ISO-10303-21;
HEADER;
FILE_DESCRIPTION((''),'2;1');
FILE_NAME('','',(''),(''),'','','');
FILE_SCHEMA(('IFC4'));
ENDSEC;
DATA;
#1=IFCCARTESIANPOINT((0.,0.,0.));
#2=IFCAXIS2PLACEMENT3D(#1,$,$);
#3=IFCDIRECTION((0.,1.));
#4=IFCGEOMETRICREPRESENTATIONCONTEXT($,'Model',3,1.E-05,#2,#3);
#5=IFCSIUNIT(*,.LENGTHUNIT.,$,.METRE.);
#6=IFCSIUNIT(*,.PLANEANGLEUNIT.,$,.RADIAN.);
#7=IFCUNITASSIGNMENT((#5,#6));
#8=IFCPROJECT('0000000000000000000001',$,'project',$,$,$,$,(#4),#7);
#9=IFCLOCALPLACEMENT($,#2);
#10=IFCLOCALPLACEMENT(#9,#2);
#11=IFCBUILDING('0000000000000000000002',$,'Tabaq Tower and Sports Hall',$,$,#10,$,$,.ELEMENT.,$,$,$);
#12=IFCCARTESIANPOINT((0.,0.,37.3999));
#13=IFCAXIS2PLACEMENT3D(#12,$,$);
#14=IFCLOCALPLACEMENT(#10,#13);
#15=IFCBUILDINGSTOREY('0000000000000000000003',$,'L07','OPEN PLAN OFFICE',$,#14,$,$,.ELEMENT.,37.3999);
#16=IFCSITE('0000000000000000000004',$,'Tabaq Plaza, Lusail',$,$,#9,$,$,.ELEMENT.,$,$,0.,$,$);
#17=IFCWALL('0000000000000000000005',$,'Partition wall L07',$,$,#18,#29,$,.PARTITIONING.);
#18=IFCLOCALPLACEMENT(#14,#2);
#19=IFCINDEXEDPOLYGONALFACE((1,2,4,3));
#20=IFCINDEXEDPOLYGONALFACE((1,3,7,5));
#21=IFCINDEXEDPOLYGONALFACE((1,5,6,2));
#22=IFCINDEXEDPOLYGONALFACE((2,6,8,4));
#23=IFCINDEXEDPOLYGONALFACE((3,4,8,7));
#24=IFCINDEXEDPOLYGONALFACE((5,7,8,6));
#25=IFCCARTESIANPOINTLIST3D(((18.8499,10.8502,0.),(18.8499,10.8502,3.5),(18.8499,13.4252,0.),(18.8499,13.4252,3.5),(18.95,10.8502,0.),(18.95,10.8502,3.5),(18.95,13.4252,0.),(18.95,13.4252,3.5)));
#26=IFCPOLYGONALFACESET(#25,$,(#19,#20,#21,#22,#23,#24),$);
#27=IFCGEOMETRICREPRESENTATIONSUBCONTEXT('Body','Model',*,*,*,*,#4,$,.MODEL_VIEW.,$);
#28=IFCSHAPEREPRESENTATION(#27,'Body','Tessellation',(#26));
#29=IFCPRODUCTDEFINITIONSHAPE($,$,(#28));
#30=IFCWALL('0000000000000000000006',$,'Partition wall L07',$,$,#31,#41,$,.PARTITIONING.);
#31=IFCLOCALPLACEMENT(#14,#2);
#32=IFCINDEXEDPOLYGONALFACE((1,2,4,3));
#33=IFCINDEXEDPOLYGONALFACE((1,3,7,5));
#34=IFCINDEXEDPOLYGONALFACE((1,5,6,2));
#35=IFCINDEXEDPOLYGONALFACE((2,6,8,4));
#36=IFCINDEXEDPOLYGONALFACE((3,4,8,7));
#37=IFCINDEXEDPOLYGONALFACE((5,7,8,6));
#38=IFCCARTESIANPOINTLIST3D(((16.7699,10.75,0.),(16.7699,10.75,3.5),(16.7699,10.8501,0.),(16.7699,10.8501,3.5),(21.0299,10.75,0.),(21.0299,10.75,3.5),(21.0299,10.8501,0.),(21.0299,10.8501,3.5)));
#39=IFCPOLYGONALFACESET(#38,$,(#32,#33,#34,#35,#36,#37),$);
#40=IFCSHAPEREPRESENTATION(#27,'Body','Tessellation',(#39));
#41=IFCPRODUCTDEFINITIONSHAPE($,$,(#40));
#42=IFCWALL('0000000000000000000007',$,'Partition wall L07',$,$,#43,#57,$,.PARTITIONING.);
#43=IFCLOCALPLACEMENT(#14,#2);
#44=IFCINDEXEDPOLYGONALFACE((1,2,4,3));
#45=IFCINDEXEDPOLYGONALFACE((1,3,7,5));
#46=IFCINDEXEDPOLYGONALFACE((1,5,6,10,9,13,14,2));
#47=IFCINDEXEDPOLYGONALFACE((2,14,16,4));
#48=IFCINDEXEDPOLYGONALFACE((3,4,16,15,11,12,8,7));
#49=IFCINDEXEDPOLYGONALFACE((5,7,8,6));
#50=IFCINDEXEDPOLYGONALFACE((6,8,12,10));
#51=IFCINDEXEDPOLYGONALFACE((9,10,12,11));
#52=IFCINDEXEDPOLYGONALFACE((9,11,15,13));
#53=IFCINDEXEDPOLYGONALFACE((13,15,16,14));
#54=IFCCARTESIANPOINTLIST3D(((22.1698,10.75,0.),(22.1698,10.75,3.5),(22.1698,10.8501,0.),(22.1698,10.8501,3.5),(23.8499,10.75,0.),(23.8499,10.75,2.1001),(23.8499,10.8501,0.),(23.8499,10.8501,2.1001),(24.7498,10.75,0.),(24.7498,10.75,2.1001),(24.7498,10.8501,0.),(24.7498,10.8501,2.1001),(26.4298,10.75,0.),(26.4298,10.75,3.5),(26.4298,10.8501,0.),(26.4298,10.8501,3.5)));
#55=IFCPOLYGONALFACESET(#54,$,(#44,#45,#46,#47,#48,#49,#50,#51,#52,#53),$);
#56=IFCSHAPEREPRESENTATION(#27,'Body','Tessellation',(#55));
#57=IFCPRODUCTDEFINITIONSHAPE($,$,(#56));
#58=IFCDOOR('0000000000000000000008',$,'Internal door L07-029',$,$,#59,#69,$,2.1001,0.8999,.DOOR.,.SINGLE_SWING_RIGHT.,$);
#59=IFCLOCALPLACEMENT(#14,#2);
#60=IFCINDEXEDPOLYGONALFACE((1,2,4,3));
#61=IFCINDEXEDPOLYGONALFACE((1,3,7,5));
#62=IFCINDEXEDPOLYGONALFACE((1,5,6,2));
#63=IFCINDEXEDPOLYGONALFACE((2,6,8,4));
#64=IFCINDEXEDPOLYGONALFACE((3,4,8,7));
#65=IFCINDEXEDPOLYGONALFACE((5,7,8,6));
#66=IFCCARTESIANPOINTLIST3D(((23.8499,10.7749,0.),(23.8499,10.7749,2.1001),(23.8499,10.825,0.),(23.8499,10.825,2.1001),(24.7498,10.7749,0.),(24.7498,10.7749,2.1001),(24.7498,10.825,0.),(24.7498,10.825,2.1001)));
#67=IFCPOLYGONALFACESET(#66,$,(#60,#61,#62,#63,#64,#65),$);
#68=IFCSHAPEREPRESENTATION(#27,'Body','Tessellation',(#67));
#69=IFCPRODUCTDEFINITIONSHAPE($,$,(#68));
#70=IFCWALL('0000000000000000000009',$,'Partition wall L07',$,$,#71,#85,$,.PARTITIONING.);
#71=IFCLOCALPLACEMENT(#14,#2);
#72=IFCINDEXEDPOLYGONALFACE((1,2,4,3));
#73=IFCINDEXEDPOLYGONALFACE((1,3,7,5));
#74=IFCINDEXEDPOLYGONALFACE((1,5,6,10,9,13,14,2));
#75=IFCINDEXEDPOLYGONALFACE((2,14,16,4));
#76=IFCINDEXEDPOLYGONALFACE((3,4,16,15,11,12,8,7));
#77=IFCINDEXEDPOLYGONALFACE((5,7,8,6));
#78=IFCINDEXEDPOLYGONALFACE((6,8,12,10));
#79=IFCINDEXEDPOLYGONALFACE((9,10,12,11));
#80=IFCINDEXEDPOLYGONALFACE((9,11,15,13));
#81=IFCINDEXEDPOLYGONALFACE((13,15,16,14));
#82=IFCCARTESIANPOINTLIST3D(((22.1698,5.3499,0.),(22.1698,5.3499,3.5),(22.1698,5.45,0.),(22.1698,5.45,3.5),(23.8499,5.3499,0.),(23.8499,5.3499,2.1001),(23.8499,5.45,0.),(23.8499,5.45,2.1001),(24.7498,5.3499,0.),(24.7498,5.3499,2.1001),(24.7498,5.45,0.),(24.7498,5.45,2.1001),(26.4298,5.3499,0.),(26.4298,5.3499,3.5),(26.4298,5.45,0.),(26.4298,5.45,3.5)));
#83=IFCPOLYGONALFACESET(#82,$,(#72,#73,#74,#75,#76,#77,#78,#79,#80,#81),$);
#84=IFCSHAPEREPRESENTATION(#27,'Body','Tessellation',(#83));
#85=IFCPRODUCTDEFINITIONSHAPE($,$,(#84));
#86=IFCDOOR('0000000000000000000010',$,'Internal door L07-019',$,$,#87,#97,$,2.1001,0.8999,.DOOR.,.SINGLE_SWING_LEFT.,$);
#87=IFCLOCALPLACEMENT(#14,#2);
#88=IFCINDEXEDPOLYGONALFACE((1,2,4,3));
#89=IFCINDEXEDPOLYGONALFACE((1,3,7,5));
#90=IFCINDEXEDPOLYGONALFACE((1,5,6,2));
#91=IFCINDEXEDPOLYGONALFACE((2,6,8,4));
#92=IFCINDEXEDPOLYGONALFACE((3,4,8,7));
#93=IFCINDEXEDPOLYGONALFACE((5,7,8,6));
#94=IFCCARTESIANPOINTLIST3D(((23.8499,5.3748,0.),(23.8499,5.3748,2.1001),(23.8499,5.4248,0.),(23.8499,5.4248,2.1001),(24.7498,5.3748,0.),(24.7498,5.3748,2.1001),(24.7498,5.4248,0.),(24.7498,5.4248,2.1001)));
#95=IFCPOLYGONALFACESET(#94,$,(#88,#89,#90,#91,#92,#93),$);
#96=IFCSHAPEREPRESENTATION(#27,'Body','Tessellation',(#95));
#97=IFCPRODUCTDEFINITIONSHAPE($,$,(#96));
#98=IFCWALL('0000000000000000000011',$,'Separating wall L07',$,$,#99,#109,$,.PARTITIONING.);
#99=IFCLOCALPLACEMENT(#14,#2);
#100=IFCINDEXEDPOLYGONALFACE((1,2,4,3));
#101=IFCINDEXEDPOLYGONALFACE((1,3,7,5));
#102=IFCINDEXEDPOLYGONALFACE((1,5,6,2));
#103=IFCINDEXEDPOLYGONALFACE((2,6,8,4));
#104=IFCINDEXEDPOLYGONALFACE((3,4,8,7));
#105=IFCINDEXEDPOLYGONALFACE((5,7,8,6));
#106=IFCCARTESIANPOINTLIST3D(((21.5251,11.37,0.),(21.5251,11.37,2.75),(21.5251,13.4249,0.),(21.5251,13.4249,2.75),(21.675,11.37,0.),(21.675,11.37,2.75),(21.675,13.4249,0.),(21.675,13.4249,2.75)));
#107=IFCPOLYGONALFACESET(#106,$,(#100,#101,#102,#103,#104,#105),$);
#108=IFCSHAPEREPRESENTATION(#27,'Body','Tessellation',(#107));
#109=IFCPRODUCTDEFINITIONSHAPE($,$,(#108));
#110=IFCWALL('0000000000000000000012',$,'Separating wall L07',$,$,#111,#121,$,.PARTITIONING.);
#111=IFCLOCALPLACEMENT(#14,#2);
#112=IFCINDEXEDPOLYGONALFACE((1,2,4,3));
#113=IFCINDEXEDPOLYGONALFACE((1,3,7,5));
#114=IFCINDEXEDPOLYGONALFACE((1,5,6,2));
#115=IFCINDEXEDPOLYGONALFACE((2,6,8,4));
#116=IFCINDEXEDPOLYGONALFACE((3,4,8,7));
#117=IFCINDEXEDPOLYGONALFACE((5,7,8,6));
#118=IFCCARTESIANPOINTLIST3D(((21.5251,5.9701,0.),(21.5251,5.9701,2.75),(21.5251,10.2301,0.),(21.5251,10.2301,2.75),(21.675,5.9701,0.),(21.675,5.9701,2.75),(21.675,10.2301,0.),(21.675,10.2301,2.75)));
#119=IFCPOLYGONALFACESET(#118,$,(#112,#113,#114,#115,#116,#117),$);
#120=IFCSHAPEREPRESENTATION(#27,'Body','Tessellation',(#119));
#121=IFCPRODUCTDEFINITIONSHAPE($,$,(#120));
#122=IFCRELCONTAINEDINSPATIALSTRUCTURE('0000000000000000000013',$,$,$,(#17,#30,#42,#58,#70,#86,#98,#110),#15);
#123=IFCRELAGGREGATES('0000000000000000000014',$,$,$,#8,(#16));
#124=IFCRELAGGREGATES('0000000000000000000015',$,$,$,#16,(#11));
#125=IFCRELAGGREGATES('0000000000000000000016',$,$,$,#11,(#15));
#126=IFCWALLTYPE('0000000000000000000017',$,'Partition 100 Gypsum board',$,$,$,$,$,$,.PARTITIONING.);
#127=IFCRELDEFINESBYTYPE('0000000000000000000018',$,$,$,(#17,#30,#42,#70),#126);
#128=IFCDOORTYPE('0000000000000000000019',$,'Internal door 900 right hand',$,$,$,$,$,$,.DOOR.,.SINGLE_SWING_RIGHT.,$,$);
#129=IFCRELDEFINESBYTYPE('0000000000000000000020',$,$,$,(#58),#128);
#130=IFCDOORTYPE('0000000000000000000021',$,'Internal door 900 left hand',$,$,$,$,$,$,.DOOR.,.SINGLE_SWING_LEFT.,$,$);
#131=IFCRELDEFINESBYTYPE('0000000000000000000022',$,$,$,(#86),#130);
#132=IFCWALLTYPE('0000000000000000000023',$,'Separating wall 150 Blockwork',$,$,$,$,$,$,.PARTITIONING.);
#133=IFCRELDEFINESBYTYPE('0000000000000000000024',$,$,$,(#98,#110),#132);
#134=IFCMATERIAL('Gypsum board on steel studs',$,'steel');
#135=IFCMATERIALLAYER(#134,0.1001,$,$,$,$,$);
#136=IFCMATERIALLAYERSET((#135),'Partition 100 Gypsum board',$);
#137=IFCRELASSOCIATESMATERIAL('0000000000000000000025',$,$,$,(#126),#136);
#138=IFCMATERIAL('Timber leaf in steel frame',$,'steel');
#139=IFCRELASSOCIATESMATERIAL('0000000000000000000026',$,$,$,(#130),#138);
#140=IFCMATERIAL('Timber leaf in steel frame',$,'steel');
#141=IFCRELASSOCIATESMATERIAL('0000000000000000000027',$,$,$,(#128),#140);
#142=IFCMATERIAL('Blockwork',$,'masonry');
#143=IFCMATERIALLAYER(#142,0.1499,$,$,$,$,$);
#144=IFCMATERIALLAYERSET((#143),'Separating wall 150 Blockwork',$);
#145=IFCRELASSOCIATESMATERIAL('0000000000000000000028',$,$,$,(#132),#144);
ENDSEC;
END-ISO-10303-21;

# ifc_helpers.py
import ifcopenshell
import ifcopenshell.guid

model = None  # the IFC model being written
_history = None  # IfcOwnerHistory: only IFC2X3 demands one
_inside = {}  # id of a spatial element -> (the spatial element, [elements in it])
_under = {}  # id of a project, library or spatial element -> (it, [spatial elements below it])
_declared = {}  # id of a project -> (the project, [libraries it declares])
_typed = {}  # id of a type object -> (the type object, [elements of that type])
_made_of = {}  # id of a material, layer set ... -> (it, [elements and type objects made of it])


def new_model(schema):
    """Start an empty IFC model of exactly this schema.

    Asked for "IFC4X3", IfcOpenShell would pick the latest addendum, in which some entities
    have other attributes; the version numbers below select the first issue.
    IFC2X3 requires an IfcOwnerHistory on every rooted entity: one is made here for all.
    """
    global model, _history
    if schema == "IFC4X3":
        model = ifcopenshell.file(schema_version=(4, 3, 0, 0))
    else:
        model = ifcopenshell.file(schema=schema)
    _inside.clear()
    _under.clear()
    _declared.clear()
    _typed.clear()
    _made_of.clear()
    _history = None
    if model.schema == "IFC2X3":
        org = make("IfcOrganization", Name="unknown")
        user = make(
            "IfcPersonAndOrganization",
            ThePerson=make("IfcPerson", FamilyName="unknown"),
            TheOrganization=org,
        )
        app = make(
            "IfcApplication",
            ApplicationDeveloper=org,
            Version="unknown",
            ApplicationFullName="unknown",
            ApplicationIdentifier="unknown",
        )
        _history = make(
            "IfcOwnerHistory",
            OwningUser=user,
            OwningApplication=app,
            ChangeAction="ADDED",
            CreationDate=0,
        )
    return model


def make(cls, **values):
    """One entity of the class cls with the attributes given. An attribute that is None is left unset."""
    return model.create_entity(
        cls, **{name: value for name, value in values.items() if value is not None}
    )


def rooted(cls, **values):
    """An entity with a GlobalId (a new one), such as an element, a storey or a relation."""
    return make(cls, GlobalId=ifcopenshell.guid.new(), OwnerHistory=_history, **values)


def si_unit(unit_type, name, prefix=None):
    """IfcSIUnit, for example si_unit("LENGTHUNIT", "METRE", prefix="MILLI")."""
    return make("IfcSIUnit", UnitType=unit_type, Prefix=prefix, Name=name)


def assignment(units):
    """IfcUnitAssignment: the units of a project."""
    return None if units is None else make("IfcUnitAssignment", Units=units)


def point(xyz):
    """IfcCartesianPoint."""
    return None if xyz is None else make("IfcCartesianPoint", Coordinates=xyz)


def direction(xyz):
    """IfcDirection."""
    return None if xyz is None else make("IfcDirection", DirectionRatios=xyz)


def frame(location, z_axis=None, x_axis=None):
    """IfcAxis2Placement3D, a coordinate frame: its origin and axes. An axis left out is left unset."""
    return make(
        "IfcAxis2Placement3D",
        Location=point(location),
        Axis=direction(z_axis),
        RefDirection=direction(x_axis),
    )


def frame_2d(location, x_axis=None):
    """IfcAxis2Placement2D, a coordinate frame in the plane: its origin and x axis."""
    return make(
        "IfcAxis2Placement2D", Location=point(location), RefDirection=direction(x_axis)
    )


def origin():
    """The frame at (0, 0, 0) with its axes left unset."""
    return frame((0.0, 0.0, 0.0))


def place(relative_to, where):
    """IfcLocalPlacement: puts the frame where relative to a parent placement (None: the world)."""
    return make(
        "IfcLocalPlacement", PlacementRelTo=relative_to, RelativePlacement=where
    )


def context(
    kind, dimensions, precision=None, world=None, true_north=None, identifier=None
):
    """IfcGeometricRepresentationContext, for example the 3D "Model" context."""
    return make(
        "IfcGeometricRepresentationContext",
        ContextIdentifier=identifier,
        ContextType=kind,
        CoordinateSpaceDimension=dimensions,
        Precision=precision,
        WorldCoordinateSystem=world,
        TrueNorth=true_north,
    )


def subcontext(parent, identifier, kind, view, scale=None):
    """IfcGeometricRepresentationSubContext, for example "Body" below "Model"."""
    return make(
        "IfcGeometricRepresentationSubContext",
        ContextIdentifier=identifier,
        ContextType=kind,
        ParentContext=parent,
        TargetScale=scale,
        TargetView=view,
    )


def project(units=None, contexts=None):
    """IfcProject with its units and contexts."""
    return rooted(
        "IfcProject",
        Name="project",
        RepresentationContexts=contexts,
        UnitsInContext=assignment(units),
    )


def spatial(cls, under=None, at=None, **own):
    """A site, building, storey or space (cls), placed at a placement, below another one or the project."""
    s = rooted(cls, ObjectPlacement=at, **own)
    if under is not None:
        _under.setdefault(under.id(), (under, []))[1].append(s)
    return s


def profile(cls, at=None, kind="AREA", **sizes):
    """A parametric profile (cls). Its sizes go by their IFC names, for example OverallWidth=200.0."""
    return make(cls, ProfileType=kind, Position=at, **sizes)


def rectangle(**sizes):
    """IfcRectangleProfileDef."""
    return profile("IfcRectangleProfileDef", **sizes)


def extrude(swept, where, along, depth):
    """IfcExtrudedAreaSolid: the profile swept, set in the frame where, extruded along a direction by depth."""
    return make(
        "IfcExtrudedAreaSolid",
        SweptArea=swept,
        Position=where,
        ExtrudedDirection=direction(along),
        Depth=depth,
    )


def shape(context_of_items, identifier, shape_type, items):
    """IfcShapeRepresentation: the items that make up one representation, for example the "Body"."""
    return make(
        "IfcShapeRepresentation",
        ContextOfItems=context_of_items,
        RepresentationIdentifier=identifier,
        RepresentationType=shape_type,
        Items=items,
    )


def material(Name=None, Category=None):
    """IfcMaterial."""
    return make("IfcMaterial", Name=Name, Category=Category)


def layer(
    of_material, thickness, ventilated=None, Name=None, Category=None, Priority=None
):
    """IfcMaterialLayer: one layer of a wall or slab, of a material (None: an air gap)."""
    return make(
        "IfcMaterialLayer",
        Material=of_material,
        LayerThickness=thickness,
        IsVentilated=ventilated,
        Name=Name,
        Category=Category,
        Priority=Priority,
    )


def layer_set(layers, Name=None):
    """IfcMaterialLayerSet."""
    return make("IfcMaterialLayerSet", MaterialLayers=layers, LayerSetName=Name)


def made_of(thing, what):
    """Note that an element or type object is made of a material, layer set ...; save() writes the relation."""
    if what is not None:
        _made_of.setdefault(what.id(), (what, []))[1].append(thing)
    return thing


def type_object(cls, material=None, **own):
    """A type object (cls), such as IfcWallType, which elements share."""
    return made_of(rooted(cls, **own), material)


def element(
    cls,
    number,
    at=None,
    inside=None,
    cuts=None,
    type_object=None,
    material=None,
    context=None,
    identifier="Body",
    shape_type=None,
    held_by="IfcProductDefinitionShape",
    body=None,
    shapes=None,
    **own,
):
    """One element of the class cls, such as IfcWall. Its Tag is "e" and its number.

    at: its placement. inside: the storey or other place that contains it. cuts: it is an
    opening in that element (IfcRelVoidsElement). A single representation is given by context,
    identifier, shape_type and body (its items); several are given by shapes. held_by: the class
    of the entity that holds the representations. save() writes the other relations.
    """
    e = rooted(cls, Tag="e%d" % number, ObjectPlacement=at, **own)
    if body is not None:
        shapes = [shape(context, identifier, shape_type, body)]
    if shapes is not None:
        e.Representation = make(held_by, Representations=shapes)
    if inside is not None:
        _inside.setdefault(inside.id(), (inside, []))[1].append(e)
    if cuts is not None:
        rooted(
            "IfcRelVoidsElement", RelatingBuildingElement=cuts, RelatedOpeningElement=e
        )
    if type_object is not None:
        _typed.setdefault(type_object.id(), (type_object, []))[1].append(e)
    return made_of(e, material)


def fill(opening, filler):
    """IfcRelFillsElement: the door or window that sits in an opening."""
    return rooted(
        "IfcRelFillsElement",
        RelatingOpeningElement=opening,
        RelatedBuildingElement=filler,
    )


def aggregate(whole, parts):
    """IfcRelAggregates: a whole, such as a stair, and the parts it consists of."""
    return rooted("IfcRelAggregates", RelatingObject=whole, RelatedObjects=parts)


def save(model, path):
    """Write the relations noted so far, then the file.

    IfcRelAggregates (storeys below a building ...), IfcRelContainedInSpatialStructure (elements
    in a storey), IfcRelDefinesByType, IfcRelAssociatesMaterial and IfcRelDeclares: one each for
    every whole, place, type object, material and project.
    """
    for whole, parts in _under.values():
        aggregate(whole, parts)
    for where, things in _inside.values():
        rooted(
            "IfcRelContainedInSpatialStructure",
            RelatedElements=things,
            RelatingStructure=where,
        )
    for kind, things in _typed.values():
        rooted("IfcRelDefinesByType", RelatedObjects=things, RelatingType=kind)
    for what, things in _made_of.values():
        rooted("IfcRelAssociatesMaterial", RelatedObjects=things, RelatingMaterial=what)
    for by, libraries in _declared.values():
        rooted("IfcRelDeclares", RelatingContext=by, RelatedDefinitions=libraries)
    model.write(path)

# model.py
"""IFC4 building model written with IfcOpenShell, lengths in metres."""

from ifc_helpers import new_model, si_unit, direction, frame, frame_2d, origin, place, context, subcontext, project, spatial, rectangle, extrude, material, layer, layer_set, type_object, element, fill, save


model = new_model("IFC4")

# Units and contexts
model_context = context("Model", 3, precision=1e-05, world=origin(), true_north=direction((0.0, 1.0)))
body_context = subcontext(model_context, "Body", "Model", "MODEL_VIEW")
ifc_project = project(units=[si_unit("LENGTHUNIT", "METRE"), si_unit("PLANEANGLEUNIT", "RADIAN")], contexts=[model_context])

# Site, building, storey
site_placement = place(None, origin())
site = spatial("IfcSite", under=ifc_project, at=site_placement, Name="Tabaq Plaza, Lusail", CompositionType="ELEMENT", RefElevation=0.0)
building_placement = place(site_placement, origin())
building = spatial("IfcBuilding", under=site, at=building_placement, Name="Tabaq Tower and Sports Hall", CompositionType="ELEMENT")
storey_placement = place(building_placement, frame((0.0, 0.0, 37.3999)))
storey = spatial("IfcBuildingStorey", under=building, at=storey_placement, Name="L07", Description="OPEN PLAN OFFICE", CompositionType="ELEMENT", Elevation=37.3999)

# Shared definitions
ifc_material_1 = material(Name="Gypsum board on steel studs", Category="steel")
ifc_layer_1 = layer(ifc_material_1, 0.1001)
ifc_layer_set_1 = layer_set([ifc_layer_1], Name="Partition 100 Gypsum board")
wall_type_1 = type_object("IfcWallType", Name="Partition 100 Gypsum board", PredefinedType="PARTITIONING", material=ifc_layer_set_1)
ifc_material_2 = material(Name="Timber leaf in steel frame", Category="steel")
door_type_1 = type_object("IfcDoorType", Name="Internal door 900 left hand", OperationType="SINGLE_SWING_LEFT", PredefinedType="DOOR", material=ifc_material_2)

# Walls
wall_1_placement = place(storey_placement, frame((18.8999, 10.8501, 0.0), z_axis=(0.0, 0.0, 1.0), x_axis=(0.0, 1.0, 0.0)))
element("IfcWall", 1, at=wall_1_placement, inside=storey, type_object=wall_type_1, Name="Partition wall L07", PredefinedType="PARTITIONING", context=body_context, shape_type="SweptSolid", body=[
    extrude(rectangle(XDim=2.575, YDim=0.1001, at=frame_2d((1.2876, 0.0))), origin(), (0.0, 0.0, 1.0), 3.5),
])
wall_2_placement = place(storey_placement, frame((16.77, 10.8, 0.0), z_axis=(0.0, 0.0, 1.0), x_axis=(1.0, 0.0, 0.0)))
element("IfcWall", 2, at=wall_2_placement, inside=storey, type_object=wall_type_1, Name="Partition wall L07", PredefinedType="PARTITIONING", context=body_context, shape_type="SweptSolid", body=[
    extrude(rectangle(XDim=4.26, YDim=0.1001, at=frame_2d((2.1299, 0.0))), origin(), (0.0, 0.0, 1.0), 3.5),
])

# Walls, openings, doors
wall_3_placement = place(storey_placement, frame((22.1699, 10.8, 0.0), z_axis=(0.0, 0.0, 1.0), x_axis=(1.0, 0.0, 0.0)))
wall_3 = element("IfcWall", 3, at=wall_3_placement, inside=storey, type_object=wall_type_1, Name="Partition wall L07", PredefinedType="PARTITIONING", context=body_context, shape_type="SweptSolid", body=[
    extrude(rectangle(XDim=4.26, YDim=0.1001, at=frame_2d((2.1299, 0.0))), origin(), (0.0, 0.0, 1.0), 3.5),
])
opening_1_placement = place(wall_3_placement, frame((1.6799, 0.0, 0.0)))
opening_1 = element("IfcOpeningElement", 4, at=opening_1_placement, cuts=wall_3, PredefinedType="OPENING", context=body_context, shape_type="SweptSolid", body=[
    extrude(rectangle(XDim=0.8999, YDim=2.1001, at=frame_2d((0.45, 1.05))), frame((0.0, 0.05, 0.0), z_axis=(0.0, -1.0, 0.0), x_axis=(1.0, 0.0, 0.0)), (0.0, 0.0, 1.0), 0.1001),
])
ifc_material_3 = material(Name="Timber leaf in steel frame", Category="steel")
door_type_2 = type_object("IfcDoorType", Name="Internal door 900 right hand", OperationType="SINGLE_SWING_RIGHT", PredefinedType="DOOR", material=ifc_material_3)
door_1_placement = place(opening_1_placement, origin())
door_1 = element("IfcDoor", 5, at=door_1_placement, inside=storey, type_object=door_type_2, Name="Internal door L07-029", OperationType="SINGLE_SWING_RIGHT", OverallHeight=2.1001, OverallWidth=0.8999, PredefinedType="DOOR", context=body_context, shape_type="SweptSolid", body=[
    extrude(rectangle(XDim=0.8999, YDim=2.1001, at=frame_2d((0.45, 1.05))), frame((0.0, 0.0249, 0.0), z_axis=(0.0, -1.0, 0.0), x_axis=(1.0, 0.0, 0.0)), (0.0, 0.0, 1.0), 0.05),
])
fill(opening_1, door_1)
wall_4_placement = place(storey_placement, frame((22.1699, 5.3999, 0.0), z_axis=(0.0, 0.0, 1.0), x_axis=(1.0, 0.0, 0.0)))
wall_4 = element("IfcWall", 6, at=wall_4_placement, inside=storey, type_object=wall_type_1, Name="Partition wall L07", PredefinedType="PARTITIONING", context=body_context, shape_type="SweptSolid", body=[
    extrude(rectangle(XDim=4.26, YDim=0.1001, at=frame_2d((2.1299, 0.0))), origin(), (0.0, 0.0, 1.0), 3.5),
])
opening_2_placement = place(wall_4_placement, frame((1.6799, 0.0, 0.0)))
opening_2 = element("IfcOpeningElement", 7, at=opening_2_placement, cuts=wall_4, PredefinedType="OPENING", context=body_context, shape_type="SweptSolid", body=[
    extrude(rectangle(XDim=0.8999, YDim=2.1001, at=frame_2d((0.45, 1.05))), frame((0.0, 0.05, 0.0), z_axis=(0.0, -1.0, 0.0), x_axis=(1.0, 0.0, 0.0)), (0.0, 0.0, 1.0), 0.1001),
])
door_2_placement = place(opening_2_placement, origin())
door_2 = element("IfcDoor", 8, at=door_2_placement, inside=storey, type_object=door_type_1, Name="Internal door L07-019", OperationType="SINGLE_SWING_LEFT", OverallHeight=2.1001, OverallWidth=0.8999, PredefinedType="DOOR", context=body_context, shape_type="SweptSolid", body=[
    extrude(rectangle(XDim=0.8999, YDim=2.1001, at=frame_2d((0.45, 1.05))), frame((0.0, 0.0249, 0.0), z_axis=(0.0, -1.0, 0.0), x_axis=(1.0, 0.0, 0.0)), (0.0, 0.0, 1.0), 0.05),
])
fill(opening_2, door_2)

# Walls
ifc_material_4 = material(Name="Blockwork", Category="masonry")
ifc_layer_2 = layer(ifc_material_4, 0.1499)
ifc_layer_set_2 = layer_set([ifc_layer_2], Name="Separating wall 150 Blockwork")
wall_type_2 = type_object("IfcWallType", Name="Separating wall 150 Blockwork", PredefinedType="PARTITIONING", material=ifc_layer_set_2)
wall_5_placement = place(storey_placement, frame((21.6001, 11.3701, 0.0), z_axis=(0.0, 0.0, 1.0), x_axis=(0.0, 1.0, 0.0)))
element("IfcWall", 9, at=wall_5_placement, inside=storey, type_object=wall_type_2, Name="Separating wall L07", PredefinedType="PARTITIONING", context=body_context, shape_type="SweptSolid", body=[
    extrude(rectangle(XDim=2.0549, YDim=0.1499, at=frame_2d((1.0273, 0.0))), origin(), (0.0, 0.0, 1.0), 2.75),
])
wall_6_placement = place(storey_placement, frame((21.6001, 10.23, 0.0), z_axis=(0.0, 0.0, 1.0), x_axis=(0.0, -1.0, 0.0)))
element("IfcWall", 10, at=wall_6_placement, inside=storey, type_object=wall_type_2, Name="Separating wall L07", PredefinedType="PARTITIONING", context=body_context, shape_type="SweptSolid", body=[
    extrude(rectangle(XDim=4.26, YDim=0.1499, at=frame_2d((2.1299, 0.0))), origin(), (0.0, 0.0, 1.0), 2.75),
])

save(model, "model.ifc")
